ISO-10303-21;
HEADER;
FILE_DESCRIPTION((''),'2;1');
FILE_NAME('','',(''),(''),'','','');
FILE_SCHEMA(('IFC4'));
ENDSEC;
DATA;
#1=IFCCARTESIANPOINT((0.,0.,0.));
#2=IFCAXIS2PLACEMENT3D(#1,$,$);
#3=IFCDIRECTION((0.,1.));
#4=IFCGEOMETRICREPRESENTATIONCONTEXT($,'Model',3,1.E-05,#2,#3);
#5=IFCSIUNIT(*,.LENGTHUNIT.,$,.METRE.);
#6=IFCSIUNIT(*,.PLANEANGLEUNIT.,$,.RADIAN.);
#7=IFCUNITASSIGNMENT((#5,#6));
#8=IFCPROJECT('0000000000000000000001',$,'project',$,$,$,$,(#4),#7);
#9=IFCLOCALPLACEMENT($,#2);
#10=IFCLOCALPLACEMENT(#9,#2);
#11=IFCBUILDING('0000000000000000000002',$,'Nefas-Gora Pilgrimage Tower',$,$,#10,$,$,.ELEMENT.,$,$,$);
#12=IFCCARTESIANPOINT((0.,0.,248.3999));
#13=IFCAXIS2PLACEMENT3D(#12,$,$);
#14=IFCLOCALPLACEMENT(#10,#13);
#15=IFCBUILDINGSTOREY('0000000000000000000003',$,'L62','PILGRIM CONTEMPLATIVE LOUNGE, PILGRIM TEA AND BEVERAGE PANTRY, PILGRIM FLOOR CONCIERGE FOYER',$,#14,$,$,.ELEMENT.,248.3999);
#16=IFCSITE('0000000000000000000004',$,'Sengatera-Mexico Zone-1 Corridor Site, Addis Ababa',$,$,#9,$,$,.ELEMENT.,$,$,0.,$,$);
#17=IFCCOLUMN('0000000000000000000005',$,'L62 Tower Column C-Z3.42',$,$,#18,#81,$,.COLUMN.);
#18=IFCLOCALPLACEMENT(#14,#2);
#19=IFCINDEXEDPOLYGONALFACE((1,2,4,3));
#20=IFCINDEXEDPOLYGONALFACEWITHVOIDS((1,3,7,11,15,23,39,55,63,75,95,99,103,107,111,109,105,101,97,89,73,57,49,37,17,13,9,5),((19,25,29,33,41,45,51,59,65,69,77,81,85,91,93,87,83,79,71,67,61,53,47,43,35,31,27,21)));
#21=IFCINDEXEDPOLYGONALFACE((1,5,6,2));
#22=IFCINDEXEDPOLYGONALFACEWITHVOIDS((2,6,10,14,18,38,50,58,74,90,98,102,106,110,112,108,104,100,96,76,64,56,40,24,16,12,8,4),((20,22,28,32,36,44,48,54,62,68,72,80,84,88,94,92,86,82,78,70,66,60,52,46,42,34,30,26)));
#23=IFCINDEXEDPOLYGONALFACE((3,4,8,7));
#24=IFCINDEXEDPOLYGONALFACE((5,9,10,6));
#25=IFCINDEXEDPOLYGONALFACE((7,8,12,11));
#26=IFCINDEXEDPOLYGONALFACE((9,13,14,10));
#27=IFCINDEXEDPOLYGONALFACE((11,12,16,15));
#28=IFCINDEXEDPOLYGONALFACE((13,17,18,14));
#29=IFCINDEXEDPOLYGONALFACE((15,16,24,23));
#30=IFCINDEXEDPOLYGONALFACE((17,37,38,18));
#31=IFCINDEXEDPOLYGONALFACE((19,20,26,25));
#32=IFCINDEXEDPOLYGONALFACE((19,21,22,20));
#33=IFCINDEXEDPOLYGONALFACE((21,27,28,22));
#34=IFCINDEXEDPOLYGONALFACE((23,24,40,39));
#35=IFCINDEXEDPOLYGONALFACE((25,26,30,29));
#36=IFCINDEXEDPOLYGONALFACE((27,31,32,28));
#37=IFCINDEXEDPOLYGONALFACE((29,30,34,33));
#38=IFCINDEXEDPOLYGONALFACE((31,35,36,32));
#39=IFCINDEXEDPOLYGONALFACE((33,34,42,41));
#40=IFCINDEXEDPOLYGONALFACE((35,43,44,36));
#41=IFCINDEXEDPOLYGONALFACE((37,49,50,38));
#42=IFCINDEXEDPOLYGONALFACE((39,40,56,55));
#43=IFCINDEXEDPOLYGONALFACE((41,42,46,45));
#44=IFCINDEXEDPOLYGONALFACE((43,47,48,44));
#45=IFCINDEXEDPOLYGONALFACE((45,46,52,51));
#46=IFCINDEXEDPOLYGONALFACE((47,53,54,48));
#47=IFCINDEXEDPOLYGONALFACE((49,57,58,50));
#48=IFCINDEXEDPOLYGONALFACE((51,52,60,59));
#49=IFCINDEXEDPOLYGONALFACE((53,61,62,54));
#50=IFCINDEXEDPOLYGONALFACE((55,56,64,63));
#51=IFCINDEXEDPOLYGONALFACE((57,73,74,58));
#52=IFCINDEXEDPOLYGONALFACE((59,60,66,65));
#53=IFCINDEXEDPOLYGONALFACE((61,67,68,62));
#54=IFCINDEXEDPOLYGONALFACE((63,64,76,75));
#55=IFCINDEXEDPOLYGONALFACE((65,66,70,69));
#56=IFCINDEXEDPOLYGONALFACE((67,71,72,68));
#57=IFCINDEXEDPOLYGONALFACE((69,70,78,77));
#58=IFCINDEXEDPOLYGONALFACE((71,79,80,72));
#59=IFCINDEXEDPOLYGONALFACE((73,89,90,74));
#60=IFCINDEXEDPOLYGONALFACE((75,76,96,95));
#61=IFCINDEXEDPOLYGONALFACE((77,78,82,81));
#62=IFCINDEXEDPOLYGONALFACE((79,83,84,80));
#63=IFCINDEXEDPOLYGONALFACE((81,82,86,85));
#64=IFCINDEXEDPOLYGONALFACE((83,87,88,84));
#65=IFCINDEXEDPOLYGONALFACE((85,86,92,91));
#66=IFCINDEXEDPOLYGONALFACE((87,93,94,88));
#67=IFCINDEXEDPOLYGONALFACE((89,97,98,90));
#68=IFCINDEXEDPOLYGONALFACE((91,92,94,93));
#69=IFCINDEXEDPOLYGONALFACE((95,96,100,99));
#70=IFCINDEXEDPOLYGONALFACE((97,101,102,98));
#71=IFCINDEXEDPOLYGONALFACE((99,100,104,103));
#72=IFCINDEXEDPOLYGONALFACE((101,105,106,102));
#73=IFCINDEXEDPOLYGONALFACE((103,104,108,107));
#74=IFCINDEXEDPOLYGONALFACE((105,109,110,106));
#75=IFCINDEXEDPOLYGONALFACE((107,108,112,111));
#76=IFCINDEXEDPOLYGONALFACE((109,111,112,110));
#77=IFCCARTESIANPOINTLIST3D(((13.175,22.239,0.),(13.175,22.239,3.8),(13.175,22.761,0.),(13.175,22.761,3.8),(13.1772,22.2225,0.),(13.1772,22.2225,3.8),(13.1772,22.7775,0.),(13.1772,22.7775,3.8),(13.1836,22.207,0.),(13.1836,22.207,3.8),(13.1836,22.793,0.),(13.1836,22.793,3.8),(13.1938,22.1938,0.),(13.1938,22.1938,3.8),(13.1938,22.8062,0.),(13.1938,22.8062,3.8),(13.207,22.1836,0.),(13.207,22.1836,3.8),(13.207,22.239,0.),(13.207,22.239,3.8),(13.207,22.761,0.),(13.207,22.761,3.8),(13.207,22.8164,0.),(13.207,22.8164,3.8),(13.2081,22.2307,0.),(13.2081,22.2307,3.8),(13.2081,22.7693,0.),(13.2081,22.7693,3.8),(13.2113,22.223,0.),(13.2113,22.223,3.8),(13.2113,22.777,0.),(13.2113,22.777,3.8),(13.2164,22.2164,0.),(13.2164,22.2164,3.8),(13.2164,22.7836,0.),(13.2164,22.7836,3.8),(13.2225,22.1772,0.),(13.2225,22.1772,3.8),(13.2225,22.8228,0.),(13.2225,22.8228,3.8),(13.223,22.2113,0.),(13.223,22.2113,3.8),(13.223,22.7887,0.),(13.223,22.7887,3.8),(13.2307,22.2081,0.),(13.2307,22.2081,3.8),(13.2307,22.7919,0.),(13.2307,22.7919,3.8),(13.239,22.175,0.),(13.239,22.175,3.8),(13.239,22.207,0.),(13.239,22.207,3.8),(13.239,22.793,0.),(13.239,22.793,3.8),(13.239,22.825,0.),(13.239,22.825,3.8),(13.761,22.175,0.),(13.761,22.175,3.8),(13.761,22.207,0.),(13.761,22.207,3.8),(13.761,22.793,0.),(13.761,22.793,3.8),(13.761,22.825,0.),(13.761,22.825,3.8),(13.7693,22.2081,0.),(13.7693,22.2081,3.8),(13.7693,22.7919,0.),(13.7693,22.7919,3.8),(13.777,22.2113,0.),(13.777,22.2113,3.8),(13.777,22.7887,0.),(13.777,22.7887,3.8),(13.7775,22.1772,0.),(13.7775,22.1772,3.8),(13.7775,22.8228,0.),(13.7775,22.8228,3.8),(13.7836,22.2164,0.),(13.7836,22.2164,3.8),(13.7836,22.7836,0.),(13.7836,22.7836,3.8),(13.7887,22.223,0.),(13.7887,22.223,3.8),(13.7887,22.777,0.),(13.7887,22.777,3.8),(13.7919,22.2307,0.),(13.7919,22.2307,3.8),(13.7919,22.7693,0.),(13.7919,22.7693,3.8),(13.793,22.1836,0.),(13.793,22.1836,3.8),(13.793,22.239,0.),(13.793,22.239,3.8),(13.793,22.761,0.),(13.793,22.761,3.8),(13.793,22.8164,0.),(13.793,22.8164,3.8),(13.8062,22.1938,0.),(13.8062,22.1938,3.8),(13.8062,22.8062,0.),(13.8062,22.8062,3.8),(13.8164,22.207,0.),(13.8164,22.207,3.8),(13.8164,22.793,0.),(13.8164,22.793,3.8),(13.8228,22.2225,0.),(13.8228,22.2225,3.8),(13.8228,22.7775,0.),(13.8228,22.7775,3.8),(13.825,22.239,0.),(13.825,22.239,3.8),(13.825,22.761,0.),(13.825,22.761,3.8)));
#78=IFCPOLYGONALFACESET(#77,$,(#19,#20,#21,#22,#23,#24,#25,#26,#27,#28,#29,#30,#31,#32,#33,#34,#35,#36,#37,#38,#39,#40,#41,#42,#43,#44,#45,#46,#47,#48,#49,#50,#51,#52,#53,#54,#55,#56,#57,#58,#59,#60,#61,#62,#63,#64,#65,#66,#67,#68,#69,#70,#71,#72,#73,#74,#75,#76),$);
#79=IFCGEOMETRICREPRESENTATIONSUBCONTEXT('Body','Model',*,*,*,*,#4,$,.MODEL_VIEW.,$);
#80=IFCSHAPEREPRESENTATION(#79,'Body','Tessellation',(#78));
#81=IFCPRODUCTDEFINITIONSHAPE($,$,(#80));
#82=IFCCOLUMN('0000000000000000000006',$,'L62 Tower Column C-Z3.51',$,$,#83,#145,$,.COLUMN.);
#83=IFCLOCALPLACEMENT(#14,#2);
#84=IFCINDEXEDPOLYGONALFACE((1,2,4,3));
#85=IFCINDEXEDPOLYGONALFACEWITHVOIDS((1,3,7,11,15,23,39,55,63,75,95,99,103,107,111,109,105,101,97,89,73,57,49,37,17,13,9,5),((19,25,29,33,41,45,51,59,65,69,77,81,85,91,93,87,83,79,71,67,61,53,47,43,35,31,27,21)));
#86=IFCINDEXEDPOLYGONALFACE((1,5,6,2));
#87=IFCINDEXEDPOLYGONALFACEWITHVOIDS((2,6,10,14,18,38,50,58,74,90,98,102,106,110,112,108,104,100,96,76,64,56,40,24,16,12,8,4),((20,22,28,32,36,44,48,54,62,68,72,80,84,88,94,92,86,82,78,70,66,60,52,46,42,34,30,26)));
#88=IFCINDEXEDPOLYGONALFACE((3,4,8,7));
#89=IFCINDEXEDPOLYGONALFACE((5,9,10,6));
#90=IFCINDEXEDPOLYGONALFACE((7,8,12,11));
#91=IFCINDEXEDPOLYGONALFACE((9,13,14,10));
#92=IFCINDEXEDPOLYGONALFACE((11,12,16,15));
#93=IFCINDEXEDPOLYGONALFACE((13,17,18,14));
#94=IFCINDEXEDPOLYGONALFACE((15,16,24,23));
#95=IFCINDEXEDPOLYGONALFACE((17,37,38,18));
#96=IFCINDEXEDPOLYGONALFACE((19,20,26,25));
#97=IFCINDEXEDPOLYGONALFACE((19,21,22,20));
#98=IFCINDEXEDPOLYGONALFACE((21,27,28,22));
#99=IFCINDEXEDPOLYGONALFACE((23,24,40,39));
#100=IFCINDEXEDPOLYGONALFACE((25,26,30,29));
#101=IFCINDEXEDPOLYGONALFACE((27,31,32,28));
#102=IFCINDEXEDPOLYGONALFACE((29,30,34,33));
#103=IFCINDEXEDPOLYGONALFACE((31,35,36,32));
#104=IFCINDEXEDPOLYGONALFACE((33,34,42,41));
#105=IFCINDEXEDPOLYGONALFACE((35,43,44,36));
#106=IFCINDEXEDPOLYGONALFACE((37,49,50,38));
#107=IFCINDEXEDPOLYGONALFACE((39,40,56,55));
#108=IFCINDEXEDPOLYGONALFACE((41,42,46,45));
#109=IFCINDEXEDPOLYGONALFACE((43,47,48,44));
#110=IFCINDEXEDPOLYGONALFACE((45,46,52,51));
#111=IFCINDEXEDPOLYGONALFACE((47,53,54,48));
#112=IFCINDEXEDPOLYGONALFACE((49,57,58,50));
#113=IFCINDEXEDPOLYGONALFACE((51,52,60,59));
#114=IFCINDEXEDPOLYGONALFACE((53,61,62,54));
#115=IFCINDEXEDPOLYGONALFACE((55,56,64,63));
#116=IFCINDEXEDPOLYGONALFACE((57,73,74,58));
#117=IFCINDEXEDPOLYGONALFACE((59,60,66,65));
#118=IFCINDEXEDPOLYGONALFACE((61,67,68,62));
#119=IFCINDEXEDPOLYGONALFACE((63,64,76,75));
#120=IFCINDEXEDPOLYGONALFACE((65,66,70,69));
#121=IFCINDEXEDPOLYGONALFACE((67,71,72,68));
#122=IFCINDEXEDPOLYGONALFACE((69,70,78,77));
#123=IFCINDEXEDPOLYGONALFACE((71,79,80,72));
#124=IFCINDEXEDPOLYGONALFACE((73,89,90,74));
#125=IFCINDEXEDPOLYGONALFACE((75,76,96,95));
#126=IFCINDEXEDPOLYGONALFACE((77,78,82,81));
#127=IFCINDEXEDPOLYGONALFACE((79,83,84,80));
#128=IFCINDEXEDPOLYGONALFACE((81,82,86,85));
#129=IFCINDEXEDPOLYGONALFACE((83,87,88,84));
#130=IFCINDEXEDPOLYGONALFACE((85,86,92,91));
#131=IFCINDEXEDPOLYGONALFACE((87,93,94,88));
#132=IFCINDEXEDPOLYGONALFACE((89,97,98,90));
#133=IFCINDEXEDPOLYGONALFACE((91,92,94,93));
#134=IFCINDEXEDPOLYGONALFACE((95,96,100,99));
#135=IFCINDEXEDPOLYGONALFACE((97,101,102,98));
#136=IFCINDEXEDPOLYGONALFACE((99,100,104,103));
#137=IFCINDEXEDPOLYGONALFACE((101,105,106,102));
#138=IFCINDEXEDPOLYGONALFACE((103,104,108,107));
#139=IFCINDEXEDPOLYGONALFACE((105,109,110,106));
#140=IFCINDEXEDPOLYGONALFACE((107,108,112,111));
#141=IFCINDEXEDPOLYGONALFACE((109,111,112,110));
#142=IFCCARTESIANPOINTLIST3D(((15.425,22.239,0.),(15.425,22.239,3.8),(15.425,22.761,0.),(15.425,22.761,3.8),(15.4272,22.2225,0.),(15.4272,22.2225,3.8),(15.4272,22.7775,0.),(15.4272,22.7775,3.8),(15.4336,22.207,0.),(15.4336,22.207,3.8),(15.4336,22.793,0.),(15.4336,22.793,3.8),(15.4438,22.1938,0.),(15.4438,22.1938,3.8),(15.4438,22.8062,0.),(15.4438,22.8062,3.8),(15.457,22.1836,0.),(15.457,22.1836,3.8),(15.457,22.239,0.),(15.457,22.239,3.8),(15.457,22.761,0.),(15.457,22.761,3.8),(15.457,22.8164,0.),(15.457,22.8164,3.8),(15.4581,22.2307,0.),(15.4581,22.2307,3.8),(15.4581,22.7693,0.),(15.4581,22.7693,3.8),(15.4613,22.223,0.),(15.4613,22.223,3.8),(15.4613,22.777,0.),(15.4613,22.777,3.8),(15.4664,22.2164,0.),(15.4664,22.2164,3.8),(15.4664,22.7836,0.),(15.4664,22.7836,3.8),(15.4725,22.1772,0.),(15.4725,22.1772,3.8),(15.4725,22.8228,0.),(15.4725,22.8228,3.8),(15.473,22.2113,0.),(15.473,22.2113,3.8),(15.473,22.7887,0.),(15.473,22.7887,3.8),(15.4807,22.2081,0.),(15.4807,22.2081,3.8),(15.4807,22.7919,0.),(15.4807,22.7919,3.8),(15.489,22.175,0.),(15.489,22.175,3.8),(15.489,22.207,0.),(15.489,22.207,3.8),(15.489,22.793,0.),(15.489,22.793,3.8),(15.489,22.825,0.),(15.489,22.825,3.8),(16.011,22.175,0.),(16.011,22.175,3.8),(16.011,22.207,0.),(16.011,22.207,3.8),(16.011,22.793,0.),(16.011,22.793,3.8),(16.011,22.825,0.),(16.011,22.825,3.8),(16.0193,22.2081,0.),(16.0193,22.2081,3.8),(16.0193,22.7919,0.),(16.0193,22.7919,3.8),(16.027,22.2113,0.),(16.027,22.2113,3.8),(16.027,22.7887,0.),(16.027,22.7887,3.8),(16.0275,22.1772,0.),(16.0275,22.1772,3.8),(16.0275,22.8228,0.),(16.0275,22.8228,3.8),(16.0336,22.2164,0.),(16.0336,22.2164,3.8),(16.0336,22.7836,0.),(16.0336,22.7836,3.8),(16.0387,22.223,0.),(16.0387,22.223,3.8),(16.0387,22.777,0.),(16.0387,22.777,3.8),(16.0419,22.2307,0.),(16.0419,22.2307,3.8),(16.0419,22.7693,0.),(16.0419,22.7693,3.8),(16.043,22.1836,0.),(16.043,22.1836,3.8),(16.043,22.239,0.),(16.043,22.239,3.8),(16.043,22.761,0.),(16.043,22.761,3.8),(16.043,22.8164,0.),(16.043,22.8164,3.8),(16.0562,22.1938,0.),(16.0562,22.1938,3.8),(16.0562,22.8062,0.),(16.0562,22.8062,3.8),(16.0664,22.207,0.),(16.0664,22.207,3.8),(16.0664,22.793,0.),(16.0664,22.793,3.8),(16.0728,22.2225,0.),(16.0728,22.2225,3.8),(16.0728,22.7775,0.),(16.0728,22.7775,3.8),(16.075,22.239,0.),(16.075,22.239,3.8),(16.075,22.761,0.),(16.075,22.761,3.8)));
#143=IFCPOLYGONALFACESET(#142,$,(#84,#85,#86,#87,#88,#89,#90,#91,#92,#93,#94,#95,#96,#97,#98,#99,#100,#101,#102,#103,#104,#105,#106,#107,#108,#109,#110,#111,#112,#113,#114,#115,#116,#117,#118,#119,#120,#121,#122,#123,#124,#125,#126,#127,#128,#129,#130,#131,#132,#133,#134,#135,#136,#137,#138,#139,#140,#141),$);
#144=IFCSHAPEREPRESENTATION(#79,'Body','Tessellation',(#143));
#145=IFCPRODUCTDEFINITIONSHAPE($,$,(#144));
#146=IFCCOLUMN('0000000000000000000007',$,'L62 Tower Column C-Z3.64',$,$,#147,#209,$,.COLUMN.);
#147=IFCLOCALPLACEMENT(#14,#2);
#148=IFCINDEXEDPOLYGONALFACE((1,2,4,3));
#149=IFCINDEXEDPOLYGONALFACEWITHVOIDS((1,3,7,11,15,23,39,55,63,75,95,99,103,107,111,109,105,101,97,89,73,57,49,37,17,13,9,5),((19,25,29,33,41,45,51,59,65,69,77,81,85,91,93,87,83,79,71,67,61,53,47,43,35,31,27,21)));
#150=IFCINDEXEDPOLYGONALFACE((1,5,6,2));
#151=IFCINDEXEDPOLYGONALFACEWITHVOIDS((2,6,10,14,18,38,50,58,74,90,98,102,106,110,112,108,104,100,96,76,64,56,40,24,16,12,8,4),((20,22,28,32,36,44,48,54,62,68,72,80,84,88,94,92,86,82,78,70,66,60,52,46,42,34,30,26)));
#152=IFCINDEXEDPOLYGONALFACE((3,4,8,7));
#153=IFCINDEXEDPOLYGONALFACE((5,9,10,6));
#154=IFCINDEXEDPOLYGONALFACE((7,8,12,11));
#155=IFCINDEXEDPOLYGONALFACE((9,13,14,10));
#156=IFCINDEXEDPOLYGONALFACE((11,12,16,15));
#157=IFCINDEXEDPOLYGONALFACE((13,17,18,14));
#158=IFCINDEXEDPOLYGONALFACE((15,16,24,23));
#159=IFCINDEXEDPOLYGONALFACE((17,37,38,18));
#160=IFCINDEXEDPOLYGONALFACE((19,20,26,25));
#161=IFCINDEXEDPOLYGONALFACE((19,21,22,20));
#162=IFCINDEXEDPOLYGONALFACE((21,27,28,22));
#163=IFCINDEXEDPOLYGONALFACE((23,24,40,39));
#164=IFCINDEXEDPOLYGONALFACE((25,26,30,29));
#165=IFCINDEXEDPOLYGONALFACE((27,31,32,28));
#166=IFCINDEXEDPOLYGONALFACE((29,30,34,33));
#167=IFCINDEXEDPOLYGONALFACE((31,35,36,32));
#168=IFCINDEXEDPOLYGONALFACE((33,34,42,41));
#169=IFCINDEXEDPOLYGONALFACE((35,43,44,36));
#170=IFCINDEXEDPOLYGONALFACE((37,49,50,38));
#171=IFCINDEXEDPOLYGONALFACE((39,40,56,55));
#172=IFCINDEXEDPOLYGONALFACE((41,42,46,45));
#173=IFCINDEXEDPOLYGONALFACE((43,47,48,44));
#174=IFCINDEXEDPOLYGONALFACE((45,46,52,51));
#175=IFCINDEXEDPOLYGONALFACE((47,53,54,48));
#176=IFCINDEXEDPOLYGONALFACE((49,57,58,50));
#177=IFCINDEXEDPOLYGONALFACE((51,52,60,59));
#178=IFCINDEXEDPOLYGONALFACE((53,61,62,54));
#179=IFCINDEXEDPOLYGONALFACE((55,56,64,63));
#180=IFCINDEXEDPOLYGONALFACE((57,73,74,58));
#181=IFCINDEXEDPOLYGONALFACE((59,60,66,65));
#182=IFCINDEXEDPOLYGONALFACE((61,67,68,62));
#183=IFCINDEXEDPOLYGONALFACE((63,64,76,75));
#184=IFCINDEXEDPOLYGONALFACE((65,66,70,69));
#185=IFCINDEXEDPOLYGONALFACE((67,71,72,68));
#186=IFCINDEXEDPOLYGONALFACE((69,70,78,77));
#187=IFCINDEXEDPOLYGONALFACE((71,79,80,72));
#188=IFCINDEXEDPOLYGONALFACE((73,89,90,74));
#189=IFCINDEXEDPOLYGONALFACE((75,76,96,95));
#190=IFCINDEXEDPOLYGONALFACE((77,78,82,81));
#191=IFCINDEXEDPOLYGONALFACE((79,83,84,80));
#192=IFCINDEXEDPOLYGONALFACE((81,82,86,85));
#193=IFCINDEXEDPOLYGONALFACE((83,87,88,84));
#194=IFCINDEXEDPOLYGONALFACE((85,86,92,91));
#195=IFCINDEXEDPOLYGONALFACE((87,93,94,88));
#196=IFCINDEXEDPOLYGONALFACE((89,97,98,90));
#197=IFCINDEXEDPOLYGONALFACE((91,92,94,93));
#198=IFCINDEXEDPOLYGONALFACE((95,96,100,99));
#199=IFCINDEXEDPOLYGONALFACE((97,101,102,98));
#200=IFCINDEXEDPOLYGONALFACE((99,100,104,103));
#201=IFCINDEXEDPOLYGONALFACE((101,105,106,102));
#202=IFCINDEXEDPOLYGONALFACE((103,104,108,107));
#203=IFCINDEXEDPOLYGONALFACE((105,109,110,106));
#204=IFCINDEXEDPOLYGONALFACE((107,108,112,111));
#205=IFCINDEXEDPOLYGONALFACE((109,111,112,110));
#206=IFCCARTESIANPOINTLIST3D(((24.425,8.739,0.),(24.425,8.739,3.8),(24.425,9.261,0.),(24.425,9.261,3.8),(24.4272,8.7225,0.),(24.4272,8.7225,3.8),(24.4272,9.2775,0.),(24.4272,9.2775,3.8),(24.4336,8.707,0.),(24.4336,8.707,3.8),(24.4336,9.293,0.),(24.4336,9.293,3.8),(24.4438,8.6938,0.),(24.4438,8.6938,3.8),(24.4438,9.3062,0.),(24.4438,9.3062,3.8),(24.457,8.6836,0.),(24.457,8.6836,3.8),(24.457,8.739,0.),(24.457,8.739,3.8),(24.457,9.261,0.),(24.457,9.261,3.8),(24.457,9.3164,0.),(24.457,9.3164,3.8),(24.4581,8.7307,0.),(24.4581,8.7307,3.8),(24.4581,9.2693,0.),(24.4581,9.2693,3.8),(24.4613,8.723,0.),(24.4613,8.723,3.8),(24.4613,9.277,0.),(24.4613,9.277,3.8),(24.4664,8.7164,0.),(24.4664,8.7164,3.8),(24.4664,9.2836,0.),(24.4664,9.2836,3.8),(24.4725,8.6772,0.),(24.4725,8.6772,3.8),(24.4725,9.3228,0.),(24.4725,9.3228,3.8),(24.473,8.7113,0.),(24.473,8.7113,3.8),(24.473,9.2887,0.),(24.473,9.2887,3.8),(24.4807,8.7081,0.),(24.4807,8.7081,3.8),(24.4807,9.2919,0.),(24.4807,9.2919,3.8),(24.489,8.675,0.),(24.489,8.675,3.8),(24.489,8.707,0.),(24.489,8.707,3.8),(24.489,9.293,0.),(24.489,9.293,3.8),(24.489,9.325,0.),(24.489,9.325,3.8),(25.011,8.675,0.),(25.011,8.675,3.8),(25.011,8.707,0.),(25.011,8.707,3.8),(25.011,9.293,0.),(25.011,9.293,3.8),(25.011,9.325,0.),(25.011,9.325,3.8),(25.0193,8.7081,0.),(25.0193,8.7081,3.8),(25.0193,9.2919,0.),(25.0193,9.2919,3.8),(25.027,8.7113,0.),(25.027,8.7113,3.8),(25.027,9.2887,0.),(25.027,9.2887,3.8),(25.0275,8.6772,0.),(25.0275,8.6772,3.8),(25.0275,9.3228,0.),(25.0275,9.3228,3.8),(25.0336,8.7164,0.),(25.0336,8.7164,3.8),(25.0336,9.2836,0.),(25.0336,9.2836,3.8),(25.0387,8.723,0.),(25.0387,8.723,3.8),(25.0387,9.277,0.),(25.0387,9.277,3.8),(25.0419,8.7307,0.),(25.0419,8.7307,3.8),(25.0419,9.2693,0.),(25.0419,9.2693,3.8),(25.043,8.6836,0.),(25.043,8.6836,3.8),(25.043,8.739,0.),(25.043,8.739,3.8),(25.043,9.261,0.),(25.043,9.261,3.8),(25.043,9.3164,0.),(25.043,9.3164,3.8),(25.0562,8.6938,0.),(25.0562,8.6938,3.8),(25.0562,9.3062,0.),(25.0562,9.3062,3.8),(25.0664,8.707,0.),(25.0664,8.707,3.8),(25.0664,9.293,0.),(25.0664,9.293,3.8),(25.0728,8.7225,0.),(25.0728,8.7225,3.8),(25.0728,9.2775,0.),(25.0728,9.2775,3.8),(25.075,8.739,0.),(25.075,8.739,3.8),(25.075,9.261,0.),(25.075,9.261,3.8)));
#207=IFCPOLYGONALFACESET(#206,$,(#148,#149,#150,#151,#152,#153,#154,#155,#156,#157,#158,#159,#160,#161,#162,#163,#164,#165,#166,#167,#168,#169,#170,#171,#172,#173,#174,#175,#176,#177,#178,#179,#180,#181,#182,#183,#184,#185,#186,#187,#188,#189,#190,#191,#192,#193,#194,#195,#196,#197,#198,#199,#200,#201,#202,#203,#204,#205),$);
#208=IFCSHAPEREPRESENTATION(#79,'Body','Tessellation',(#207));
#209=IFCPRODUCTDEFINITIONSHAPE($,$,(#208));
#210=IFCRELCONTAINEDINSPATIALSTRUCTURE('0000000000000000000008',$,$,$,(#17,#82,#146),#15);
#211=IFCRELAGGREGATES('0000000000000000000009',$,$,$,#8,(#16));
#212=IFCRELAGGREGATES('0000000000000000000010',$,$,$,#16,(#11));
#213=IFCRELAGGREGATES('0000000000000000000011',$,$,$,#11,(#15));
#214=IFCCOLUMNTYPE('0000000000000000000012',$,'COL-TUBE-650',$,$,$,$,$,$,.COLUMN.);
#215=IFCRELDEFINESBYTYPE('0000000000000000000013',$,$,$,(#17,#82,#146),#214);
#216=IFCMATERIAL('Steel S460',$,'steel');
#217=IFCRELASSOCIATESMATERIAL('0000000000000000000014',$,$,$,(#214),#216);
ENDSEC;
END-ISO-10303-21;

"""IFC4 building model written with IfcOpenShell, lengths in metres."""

from ifc_helpers import new_model, si_unit, direction, frame, origin, origin_2d, place, context, subcontext, project, spatial, hollow_rectangle, extrude, source, transform, mapped, material, material_profile, profile_set, type_object, element, save


model = new_model("IFC4")

# Units and contexts
model_context = context("Model", 3, precision=1e-05, world=origin(), true_north=direction((0.0, 1.0)))
body_context = subcontext(model_context, "Body", "Model", "MODEL_VIEW")
ifc_project = project(units=[si_unit("LENGTHUNIT", "METRE"), si_unit("PLANEANGLEUNIT", "RADIAN")], contexts=[model_context])

# Site, building, storey
site_placement = place(None, origin())
site = spatial("IfcSite", under=ifc_project, at=site_placement, Name="Sengatera-Mexico Zone-1 Corridor Site, Addis Ababa", CompositionType="ELEMENT", RefElevation=0.0)
building_placement = place(site_placement, origin())
building = spatial("IfcBuilding", under=site, at=building_placement, Name="Nefas-Gora Pilgrimage Tower", CompositionType="ELEMENT")
storey_placement = place(building_placement, frame((0.0, 0.0, 248.3999)))
storey = spatial("IfcBuildingStorey", under=building, at=storey_placement, Name="L62", Description="PILGRIM CONTEMPLATIVE LOUNGE, PILGRIM TEA AND BEVERAGE PANTRY, PILGRIM FLOOR CONCIERGE FOYER", CompositionType="ELEMENT", Elevation=248.3999)

# Columns
ifc_material_1 = material(Name="Steel S460", Category="steel")
ifc_material_profile_1 = material_profile(ifc_material_1, hollow_rectangle(XDim=0.6499, YDim=0.6499, WallThickness=0.032, InnerFilletRadius=0.032, OuterFilletRadius=0.064, at=origin_2d()), Name="BOX 650x650x32")
ifc_profile_set_1 = profile_set([ifc_material_profile_1], Name="Steel S460")
column_type_1 = type_object("IfcColumnType", Name="COL-TUBE-650", PredefinedType="COLUMN", material=ifc_profile_set_1)
shared_shape_1 = source(origin(), body_context, "Body", "SweptSolid", [
    extrude(hollow_rectangle(XDim=0.6499, YDim=0.6499, WallThickness=0.032, InnerFilletRadius=0.032, OuterFilletRadius=0.064, at=origin_2d()), origin(), (0.0, 0.0, 1.0), 3.8),
])
for number, where, z_axis, x_axis, name in (
    (1, (13.5, 22.5, 0.0), (0.0, 0.0, 1.0), (1.0, 0.0, 0.0), "L62 Tower Column C-Z3.42"),
    (2, (15.75, 22.5, 0.0), (0.0, 0.0, 1.0), (1.0, 0.0, 0.0), "L62 Tower Column C-Z3.51"),
    (3, (24.75, 9.0, 0.0), (0.0, 0.0, 1.0), (1.0, 0.0, 0.0), "L62 Tower Column C-Z3.64"),
):
    element("IfcColumn", number, at=place(storey_placement, frame(where, z_axis=z_axis, x_axis=x_axis)), inside=storey, type_object=column_type_1, Name=name, PredefinedType="COLUMN", context=body_context, shape_type="MappedRepresentation", body=[
        mapped(shared_shape_1, transform((0.0, 0.0, 0.0), x_axis=(1.0, 0.0, 0.0), y_axis=(0.0, 1.0, 0.0), z_axis=(0.0, 0.0, 1.0), scale=1.0)),
    ])

save(model, "model.ifc")
